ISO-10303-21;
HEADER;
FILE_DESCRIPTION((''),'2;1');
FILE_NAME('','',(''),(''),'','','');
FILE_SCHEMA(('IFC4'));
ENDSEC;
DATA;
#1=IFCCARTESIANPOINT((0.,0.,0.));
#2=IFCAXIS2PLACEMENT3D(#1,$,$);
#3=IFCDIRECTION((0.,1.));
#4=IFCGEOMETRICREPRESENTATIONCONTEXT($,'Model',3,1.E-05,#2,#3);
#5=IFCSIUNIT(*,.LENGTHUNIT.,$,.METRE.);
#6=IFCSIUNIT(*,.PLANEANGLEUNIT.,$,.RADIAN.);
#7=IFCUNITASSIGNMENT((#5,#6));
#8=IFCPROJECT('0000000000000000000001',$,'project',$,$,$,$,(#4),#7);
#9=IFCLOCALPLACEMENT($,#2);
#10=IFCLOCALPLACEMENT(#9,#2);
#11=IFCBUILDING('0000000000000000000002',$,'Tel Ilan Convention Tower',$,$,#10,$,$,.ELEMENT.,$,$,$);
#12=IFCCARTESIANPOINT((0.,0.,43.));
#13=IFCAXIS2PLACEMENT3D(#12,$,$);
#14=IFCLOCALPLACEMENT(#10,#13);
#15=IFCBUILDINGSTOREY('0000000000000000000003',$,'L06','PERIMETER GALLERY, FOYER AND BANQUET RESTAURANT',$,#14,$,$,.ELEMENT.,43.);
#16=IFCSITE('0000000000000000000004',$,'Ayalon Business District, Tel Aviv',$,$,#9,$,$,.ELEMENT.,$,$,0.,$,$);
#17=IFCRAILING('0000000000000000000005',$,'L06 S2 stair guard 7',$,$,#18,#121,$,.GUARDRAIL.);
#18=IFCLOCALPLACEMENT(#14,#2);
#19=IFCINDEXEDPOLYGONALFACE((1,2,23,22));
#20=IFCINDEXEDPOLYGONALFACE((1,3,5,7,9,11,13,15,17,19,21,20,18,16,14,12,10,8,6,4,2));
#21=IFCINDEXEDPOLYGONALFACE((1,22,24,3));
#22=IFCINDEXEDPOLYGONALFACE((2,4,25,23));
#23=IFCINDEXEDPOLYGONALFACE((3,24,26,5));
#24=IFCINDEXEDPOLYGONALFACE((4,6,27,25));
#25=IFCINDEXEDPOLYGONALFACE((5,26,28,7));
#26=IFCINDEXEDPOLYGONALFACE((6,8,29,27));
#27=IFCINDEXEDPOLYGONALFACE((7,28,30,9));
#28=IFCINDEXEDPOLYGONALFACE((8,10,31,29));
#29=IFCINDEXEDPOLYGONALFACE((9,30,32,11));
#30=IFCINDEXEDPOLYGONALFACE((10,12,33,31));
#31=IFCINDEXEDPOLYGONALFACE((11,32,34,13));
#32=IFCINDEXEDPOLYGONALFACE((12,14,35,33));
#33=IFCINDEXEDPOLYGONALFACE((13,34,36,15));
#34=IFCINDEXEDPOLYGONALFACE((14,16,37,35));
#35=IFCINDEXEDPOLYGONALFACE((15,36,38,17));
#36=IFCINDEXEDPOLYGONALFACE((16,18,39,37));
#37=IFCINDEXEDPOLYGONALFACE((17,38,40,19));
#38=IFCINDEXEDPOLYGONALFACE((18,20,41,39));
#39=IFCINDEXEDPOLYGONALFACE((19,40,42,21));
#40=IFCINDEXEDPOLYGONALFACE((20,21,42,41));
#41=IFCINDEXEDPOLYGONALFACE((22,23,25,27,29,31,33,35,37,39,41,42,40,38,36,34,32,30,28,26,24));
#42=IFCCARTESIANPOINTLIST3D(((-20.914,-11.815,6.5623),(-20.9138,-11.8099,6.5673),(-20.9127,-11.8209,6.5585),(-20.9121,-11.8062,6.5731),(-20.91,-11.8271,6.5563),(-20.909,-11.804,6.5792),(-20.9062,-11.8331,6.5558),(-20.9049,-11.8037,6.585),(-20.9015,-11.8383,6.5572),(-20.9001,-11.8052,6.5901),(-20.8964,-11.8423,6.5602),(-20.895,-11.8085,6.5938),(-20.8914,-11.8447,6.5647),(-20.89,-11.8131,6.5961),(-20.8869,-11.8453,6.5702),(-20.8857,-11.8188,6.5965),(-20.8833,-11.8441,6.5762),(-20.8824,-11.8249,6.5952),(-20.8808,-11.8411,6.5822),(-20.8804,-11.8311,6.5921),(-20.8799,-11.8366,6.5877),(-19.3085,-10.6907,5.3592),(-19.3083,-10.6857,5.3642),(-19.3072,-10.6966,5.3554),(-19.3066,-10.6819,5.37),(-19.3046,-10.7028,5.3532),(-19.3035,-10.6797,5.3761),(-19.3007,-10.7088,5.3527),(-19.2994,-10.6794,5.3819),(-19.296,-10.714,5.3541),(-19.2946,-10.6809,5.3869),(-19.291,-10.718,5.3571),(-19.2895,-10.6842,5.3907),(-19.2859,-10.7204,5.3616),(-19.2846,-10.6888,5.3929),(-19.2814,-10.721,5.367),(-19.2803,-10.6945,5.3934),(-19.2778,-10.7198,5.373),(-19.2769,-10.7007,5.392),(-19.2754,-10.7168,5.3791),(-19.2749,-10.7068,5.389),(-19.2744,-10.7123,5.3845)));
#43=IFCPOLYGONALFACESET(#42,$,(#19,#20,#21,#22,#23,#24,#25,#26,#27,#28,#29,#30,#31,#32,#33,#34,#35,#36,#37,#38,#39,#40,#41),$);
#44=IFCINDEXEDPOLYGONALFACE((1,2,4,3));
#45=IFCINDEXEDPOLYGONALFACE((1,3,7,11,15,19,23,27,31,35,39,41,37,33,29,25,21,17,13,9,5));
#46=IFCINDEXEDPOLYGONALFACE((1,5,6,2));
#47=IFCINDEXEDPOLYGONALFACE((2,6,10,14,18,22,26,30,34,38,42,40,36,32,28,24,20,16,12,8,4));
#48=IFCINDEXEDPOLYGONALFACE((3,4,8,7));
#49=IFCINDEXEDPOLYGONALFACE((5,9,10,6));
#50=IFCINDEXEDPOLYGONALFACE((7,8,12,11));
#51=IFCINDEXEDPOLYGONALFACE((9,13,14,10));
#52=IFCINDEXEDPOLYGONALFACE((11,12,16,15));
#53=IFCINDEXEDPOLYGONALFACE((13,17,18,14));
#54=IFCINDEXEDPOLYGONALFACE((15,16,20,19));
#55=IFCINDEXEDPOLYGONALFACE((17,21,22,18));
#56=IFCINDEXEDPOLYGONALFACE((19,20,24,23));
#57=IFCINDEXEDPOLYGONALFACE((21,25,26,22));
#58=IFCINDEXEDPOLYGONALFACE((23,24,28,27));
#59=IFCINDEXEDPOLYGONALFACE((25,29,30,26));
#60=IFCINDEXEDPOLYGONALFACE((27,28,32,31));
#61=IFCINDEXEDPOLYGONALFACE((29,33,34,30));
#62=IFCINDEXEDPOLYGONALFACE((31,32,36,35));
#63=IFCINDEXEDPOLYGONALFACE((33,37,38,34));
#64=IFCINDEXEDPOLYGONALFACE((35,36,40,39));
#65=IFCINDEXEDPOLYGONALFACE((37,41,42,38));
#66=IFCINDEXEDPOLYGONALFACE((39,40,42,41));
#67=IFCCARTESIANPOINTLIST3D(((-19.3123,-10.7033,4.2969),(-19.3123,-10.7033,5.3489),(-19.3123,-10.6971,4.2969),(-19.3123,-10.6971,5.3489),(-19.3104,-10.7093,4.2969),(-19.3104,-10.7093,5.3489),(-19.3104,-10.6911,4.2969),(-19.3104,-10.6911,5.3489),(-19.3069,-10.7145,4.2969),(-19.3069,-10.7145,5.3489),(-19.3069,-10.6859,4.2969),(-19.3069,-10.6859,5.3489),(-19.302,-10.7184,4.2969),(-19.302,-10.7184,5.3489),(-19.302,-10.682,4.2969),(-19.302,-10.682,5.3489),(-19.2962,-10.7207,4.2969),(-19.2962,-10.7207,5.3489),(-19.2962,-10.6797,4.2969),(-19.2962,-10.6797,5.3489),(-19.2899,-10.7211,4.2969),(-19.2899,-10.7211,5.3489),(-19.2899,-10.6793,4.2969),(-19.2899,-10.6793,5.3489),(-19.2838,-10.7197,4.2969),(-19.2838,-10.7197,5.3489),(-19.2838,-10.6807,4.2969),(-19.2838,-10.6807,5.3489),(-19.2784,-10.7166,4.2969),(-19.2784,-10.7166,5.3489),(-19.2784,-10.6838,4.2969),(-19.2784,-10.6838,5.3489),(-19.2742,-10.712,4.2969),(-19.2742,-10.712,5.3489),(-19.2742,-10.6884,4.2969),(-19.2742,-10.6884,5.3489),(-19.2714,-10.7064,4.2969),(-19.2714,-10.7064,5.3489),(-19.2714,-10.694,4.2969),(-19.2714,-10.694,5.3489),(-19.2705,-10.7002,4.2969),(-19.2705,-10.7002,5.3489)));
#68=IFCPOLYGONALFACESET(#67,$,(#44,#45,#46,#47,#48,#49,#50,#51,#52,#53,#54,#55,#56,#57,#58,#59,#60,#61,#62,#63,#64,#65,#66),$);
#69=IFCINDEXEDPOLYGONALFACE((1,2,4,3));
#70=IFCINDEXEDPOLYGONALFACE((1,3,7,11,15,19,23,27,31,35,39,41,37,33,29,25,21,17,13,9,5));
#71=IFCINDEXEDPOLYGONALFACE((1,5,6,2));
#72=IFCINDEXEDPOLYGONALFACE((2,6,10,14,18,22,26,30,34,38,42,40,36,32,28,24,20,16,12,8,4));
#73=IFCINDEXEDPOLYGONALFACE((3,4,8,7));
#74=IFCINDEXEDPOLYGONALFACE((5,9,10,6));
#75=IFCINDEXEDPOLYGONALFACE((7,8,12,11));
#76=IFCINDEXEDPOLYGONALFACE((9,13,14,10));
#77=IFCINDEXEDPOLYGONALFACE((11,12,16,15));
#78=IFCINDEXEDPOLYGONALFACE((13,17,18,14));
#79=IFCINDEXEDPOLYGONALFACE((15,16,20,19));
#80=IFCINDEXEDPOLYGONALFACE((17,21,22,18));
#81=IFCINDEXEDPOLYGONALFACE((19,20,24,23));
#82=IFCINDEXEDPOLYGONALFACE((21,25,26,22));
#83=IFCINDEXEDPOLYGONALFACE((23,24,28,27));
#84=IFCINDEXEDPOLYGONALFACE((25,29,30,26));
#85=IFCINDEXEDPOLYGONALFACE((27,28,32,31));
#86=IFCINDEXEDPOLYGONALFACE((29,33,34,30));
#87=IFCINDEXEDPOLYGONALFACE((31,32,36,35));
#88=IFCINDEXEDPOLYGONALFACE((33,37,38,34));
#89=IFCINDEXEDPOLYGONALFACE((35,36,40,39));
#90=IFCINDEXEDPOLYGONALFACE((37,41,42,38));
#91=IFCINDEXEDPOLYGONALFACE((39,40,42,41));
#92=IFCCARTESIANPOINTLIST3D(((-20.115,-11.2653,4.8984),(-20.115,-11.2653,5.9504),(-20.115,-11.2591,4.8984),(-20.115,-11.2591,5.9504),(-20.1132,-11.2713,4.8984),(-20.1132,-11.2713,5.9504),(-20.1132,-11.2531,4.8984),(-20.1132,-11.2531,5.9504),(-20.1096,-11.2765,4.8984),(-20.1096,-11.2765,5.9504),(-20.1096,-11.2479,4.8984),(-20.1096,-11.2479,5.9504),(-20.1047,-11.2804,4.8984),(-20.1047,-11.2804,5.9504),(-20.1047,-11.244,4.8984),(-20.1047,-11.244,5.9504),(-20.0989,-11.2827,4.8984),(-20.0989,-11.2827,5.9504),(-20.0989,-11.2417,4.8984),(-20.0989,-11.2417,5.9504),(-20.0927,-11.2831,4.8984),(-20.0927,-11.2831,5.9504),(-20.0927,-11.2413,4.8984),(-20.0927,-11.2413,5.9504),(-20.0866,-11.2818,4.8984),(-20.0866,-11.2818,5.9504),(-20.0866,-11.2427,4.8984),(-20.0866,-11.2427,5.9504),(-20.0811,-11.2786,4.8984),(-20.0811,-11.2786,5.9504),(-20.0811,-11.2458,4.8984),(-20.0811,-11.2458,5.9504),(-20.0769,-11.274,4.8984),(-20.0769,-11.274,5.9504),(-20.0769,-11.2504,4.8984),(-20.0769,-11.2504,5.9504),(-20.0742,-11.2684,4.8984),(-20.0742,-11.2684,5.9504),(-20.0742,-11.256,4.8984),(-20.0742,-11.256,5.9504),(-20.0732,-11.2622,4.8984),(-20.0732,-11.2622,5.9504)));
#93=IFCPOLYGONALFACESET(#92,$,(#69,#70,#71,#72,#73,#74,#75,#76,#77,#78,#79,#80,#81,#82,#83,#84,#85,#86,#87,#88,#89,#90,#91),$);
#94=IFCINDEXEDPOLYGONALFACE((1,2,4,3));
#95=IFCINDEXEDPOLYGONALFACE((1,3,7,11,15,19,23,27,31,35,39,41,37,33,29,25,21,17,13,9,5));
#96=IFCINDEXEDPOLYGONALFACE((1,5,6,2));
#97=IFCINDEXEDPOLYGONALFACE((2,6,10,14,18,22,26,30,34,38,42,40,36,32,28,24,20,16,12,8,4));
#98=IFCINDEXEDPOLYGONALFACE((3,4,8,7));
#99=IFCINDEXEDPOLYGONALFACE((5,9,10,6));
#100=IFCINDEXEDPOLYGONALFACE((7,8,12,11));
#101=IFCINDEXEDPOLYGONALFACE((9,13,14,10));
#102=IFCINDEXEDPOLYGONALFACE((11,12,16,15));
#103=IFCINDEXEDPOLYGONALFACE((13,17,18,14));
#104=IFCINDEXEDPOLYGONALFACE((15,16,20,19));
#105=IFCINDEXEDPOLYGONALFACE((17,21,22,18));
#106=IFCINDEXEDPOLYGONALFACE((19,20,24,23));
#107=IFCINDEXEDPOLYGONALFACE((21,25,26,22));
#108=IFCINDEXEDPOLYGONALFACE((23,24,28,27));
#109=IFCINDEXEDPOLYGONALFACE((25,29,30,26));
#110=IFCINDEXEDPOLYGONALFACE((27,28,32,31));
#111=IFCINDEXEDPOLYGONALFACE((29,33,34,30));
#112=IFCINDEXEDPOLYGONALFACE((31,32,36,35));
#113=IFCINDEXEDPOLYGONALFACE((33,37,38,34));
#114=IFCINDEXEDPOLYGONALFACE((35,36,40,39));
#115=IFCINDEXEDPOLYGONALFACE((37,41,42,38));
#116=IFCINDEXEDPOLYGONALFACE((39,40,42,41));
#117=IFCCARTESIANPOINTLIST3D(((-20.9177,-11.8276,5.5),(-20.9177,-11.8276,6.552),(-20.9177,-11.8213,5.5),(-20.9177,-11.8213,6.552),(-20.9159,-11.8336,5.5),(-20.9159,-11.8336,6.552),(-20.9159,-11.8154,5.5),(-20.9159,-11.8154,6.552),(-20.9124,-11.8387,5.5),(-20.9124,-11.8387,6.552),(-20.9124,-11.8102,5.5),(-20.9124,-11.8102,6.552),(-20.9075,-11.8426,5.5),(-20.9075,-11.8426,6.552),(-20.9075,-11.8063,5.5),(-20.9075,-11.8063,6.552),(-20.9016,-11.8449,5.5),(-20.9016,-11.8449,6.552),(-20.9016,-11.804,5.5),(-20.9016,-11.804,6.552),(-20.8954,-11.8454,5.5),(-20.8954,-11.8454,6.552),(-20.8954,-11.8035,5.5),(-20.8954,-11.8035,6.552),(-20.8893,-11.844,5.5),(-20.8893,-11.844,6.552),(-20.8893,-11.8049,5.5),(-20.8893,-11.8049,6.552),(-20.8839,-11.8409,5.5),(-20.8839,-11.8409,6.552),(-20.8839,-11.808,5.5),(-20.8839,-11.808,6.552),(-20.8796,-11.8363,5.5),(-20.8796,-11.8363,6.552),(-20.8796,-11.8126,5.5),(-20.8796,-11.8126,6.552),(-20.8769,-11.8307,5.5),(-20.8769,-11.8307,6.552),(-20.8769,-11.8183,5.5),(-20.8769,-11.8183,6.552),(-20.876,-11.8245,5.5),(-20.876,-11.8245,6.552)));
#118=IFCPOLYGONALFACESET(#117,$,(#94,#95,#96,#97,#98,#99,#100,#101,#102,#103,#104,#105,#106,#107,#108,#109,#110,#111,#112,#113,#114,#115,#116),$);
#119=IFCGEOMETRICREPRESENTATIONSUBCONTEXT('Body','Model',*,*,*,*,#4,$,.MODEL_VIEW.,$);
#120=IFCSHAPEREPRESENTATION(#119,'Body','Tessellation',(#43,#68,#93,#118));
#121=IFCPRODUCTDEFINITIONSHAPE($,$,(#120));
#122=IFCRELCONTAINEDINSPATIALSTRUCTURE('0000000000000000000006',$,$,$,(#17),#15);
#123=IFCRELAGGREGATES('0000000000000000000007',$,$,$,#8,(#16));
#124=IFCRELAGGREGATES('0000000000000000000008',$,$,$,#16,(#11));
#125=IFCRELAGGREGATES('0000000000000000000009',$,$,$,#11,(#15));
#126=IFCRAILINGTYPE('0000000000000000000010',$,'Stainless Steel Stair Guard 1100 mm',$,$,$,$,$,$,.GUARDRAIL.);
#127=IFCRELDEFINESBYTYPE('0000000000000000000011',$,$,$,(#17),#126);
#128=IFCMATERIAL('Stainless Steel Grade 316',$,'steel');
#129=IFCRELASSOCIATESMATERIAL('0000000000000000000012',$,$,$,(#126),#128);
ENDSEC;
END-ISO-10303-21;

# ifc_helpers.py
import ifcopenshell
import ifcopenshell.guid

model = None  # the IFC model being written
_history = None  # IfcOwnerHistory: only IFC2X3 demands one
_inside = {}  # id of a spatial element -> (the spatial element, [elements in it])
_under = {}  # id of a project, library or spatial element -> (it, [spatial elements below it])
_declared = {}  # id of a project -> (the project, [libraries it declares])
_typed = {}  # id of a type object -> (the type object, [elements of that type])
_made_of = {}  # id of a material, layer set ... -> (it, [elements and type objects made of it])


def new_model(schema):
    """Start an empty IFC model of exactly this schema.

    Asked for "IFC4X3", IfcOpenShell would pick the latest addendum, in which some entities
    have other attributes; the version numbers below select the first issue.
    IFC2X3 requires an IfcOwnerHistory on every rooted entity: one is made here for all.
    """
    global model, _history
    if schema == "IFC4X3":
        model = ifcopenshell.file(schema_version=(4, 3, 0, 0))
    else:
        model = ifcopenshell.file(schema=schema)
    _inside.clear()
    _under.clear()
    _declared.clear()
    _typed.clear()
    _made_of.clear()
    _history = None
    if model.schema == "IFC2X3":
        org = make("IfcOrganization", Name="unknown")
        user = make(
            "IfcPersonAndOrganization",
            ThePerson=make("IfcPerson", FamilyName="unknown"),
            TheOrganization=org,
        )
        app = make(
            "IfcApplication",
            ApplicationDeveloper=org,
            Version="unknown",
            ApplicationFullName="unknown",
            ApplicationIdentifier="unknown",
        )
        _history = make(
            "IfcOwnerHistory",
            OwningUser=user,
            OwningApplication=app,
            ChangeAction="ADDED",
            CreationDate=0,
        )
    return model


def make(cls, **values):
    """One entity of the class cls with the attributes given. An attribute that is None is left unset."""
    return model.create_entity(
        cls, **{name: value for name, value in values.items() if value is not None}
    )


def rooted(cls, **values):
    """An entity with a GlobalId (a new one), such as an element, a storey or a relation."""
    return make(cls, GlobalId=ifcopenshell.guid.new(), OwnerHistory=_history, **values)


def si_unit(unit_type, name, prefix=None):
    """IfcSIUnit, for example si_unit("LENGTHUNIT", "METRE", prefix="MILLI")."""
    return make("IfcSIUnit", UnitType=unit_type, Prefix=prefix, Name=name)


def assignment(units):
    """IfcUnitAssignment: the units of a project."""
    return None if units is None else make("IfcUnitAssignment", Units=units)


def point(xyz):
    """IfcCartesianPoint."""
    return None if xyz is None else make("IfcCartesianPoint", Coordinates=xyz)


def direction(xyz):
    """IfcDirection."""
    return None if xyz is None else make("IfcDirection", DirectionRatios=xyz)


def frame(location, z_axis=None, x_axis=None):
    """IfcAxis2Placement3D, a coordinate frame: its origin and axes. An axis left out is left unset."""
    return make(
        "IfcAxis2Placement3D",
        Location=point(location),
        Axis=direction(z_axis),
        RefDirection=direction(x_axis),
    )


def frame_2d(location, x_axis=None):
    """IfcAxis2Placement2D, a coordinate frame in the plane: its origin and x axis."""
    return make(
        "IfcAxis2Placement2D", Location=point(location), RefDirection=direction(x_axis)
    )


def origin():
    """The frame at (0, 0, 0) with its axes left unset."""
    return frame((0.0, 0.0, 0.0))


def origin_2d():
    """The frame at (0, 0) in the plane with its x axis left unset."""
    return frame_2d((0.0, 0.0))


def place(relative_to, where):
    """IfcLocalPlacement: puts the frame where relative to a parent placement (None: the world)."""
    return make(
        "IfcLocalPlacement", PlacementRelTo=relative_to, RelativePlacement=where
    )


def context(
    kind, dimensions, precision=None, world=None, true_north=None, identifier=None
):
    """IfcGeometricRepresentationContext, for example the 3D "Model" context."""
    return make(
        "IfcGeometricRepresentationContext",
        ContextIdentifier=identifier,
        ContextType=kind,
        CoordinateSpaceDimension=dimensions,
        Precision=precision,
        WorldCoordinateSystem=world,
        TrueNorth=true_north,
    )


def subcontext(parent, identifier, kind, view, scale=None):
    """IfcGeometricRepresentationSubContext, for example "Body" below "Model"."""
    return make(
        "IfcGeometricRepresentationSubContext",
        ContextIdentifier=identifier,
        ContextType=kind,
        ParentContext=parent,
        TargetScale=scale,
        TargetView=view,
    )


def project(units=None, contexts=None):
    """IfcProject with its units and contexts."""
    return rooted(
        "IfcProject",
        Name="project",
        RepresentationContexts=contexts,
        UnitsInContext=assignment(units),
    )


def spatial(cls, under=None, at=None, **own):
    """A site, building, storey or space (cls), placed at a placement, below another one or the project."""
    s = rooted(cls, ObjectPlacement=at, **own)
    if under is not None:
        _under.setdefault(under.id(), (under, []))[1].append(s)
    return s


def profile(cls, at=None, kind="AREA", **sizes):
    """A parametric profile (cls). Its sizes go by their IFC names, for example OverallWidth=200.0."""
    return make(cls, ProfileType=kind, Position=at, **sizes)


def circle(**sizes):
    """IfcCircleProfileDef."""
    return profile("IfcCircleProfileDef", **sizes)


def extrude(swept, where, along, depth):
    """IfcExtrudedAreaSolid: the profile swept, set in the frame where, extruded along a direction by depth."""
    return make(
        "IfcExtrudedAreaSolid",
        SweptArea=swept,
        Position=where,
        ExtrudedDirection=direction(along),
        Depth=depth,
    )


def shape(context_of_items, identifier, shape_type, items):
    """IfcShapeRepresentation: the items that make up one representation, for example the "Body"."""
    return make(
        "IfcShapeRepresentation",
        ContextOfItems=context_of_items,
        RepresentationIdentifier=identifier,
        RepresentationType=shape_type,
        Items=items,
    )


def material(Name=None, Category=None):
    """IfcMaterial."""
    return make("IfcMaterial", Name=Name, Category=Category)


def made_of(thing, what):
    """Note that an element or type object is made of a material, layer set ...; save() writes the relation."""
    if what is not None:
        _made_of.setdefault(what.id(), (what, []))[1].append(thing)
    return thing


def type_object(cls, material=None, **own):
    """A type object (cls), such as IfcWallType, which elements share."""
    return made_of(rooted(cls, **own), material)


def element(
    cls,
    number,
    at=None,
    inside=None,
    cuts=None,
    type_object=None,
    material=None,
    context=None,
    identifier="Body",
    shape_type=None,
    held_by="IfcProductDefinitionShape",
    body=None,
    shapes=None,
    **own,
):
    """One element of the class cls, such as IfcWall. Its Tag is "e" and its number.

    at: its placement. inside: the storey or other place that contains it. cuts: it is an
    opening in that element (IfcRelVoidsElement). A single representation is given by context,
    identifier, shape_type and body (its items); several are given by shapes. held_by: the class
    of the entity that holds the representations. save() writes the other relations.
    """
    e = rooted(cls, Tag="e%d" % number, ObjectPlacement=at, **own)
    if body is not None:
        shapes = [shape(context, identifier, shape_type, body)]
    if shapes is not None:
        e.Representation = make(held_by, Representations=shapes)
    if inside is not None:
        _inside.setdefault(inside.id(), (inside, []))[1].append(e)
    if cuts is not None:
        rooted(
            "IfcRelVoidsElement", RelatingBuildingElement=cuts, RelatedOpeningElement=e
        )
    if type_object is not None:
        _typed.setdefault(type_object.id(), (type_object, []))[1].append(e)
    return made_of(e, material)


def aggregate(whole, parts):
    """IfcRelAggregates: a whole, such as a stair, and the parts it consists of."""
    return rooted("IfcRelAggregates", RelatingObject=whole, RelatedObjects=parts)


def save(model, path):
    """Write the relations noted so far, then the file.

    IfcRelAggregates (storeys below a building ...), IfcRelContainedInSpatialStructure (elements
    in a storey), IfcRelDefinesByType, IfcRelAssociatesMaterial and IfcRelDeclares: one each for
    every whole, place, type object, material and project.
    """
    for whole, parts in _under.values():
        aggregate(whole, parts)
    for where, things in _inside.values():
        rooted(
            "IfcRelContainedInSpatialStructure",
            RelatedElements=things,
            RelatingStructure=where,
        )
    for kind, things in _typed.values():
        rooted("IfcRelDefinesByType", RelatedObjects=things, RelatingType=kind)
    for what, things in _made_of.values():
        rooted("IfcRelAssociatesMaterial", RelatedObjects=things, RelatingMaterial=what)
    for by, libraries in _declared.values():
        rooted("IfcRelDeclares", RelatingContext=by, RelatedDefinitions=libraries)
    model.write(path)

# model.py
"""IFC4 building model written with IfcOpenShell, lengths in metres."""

from ifc_helpers import new_model, si_unit, direction, frame, origin, origin_2d, place, context, subcontext, project, spatial, circle, extrude, material, type_object, element, save


model = new_model("IFC4")

# Units and contexts
model_context = context("Model", 3, precision=1e-05, world=origin(), true_north=direction((0.0, 1.0)))
body_context = subcontext(model_context, "Body", "Model", "MODEL_VIEW")
ifc_project = project(units=[si_unit("LENGTHUNIT", "METRE"), si_unit("PLANEANGLEUNIT", "RADIAN")], contexts=[model_context])

# Site, building, storey
site_placement = place(None, origin())
site = spatial("IfcSite", under=ifc_project, at=site_placement, Name="Ayalon Business District, Tel Aviv", CompositionType="ELEMENT", RefElevation=0.0)
building_placement = place(site_placement, origin())
building = spatial("IfcBuilding", under=site, at=building_placement, Name="Tel Ilan Convention Tower", CompositionType="ELEMENT")
storey_placement = place(building_placement, frame((0.0, 0.0, 43.0)))
storey = spatial("IfcBuildingStorey", under=building, at=storey_placement, Name="L06", Description="PERIMETER GALLERY, FOYER AND BANQUET RESTAURANT", CompositionType="ELEMENT", Elevation=43.0)

# Railing
ifc_material_1 = material(Name="Stainless Steel Grade 316", Category="steel")
railing_type_1 = type_object("IfcRailingType", Name="Stainless Steel Stair Guard 1100 mm", PredefinedType="GUARDRAIL", material=ifc_material_1)
railing_1_placement = place(storey_placement, frame((-19.2915, -10.7002, 4.2969)))
element("IfcRailing", 1, at=railing_1_placement, inside=storey, type_object=railing_type_1, Name="L06 S2 stair guard 7", PredefinedType="GUARDRAIL", context=body_context, shape_type="SweptSolid", body=[
    extrude(circle(Radius=0.0239, at=origin_2d()), frame((0.0, 0.0, 1.0762), z_axis=(-0.698095, -0.488857, 0.523146), x_axis=(0.573613, -0.819127, 0.0)), (0.0, 0.0, 1.0), 2.2998),
    extrude(circle(Radius=0.021, at=origin_2d()), origin(), (0.0, 0.0, 1.0), 1.052),
    extrude(circle(Radius=0.021, at=origin_2d()), frame((-0.8027, -0.562, 0.6016)), (0.0, 0.0, 1.0), 1.052),
    extrude(circle(Radius=0.021, at=origin_2d()), frame((-1.6055, -1.1243, 1.2031)), (0.0, 0.0, 1.0), 1.052),
])

save(model, "model.ifc")
